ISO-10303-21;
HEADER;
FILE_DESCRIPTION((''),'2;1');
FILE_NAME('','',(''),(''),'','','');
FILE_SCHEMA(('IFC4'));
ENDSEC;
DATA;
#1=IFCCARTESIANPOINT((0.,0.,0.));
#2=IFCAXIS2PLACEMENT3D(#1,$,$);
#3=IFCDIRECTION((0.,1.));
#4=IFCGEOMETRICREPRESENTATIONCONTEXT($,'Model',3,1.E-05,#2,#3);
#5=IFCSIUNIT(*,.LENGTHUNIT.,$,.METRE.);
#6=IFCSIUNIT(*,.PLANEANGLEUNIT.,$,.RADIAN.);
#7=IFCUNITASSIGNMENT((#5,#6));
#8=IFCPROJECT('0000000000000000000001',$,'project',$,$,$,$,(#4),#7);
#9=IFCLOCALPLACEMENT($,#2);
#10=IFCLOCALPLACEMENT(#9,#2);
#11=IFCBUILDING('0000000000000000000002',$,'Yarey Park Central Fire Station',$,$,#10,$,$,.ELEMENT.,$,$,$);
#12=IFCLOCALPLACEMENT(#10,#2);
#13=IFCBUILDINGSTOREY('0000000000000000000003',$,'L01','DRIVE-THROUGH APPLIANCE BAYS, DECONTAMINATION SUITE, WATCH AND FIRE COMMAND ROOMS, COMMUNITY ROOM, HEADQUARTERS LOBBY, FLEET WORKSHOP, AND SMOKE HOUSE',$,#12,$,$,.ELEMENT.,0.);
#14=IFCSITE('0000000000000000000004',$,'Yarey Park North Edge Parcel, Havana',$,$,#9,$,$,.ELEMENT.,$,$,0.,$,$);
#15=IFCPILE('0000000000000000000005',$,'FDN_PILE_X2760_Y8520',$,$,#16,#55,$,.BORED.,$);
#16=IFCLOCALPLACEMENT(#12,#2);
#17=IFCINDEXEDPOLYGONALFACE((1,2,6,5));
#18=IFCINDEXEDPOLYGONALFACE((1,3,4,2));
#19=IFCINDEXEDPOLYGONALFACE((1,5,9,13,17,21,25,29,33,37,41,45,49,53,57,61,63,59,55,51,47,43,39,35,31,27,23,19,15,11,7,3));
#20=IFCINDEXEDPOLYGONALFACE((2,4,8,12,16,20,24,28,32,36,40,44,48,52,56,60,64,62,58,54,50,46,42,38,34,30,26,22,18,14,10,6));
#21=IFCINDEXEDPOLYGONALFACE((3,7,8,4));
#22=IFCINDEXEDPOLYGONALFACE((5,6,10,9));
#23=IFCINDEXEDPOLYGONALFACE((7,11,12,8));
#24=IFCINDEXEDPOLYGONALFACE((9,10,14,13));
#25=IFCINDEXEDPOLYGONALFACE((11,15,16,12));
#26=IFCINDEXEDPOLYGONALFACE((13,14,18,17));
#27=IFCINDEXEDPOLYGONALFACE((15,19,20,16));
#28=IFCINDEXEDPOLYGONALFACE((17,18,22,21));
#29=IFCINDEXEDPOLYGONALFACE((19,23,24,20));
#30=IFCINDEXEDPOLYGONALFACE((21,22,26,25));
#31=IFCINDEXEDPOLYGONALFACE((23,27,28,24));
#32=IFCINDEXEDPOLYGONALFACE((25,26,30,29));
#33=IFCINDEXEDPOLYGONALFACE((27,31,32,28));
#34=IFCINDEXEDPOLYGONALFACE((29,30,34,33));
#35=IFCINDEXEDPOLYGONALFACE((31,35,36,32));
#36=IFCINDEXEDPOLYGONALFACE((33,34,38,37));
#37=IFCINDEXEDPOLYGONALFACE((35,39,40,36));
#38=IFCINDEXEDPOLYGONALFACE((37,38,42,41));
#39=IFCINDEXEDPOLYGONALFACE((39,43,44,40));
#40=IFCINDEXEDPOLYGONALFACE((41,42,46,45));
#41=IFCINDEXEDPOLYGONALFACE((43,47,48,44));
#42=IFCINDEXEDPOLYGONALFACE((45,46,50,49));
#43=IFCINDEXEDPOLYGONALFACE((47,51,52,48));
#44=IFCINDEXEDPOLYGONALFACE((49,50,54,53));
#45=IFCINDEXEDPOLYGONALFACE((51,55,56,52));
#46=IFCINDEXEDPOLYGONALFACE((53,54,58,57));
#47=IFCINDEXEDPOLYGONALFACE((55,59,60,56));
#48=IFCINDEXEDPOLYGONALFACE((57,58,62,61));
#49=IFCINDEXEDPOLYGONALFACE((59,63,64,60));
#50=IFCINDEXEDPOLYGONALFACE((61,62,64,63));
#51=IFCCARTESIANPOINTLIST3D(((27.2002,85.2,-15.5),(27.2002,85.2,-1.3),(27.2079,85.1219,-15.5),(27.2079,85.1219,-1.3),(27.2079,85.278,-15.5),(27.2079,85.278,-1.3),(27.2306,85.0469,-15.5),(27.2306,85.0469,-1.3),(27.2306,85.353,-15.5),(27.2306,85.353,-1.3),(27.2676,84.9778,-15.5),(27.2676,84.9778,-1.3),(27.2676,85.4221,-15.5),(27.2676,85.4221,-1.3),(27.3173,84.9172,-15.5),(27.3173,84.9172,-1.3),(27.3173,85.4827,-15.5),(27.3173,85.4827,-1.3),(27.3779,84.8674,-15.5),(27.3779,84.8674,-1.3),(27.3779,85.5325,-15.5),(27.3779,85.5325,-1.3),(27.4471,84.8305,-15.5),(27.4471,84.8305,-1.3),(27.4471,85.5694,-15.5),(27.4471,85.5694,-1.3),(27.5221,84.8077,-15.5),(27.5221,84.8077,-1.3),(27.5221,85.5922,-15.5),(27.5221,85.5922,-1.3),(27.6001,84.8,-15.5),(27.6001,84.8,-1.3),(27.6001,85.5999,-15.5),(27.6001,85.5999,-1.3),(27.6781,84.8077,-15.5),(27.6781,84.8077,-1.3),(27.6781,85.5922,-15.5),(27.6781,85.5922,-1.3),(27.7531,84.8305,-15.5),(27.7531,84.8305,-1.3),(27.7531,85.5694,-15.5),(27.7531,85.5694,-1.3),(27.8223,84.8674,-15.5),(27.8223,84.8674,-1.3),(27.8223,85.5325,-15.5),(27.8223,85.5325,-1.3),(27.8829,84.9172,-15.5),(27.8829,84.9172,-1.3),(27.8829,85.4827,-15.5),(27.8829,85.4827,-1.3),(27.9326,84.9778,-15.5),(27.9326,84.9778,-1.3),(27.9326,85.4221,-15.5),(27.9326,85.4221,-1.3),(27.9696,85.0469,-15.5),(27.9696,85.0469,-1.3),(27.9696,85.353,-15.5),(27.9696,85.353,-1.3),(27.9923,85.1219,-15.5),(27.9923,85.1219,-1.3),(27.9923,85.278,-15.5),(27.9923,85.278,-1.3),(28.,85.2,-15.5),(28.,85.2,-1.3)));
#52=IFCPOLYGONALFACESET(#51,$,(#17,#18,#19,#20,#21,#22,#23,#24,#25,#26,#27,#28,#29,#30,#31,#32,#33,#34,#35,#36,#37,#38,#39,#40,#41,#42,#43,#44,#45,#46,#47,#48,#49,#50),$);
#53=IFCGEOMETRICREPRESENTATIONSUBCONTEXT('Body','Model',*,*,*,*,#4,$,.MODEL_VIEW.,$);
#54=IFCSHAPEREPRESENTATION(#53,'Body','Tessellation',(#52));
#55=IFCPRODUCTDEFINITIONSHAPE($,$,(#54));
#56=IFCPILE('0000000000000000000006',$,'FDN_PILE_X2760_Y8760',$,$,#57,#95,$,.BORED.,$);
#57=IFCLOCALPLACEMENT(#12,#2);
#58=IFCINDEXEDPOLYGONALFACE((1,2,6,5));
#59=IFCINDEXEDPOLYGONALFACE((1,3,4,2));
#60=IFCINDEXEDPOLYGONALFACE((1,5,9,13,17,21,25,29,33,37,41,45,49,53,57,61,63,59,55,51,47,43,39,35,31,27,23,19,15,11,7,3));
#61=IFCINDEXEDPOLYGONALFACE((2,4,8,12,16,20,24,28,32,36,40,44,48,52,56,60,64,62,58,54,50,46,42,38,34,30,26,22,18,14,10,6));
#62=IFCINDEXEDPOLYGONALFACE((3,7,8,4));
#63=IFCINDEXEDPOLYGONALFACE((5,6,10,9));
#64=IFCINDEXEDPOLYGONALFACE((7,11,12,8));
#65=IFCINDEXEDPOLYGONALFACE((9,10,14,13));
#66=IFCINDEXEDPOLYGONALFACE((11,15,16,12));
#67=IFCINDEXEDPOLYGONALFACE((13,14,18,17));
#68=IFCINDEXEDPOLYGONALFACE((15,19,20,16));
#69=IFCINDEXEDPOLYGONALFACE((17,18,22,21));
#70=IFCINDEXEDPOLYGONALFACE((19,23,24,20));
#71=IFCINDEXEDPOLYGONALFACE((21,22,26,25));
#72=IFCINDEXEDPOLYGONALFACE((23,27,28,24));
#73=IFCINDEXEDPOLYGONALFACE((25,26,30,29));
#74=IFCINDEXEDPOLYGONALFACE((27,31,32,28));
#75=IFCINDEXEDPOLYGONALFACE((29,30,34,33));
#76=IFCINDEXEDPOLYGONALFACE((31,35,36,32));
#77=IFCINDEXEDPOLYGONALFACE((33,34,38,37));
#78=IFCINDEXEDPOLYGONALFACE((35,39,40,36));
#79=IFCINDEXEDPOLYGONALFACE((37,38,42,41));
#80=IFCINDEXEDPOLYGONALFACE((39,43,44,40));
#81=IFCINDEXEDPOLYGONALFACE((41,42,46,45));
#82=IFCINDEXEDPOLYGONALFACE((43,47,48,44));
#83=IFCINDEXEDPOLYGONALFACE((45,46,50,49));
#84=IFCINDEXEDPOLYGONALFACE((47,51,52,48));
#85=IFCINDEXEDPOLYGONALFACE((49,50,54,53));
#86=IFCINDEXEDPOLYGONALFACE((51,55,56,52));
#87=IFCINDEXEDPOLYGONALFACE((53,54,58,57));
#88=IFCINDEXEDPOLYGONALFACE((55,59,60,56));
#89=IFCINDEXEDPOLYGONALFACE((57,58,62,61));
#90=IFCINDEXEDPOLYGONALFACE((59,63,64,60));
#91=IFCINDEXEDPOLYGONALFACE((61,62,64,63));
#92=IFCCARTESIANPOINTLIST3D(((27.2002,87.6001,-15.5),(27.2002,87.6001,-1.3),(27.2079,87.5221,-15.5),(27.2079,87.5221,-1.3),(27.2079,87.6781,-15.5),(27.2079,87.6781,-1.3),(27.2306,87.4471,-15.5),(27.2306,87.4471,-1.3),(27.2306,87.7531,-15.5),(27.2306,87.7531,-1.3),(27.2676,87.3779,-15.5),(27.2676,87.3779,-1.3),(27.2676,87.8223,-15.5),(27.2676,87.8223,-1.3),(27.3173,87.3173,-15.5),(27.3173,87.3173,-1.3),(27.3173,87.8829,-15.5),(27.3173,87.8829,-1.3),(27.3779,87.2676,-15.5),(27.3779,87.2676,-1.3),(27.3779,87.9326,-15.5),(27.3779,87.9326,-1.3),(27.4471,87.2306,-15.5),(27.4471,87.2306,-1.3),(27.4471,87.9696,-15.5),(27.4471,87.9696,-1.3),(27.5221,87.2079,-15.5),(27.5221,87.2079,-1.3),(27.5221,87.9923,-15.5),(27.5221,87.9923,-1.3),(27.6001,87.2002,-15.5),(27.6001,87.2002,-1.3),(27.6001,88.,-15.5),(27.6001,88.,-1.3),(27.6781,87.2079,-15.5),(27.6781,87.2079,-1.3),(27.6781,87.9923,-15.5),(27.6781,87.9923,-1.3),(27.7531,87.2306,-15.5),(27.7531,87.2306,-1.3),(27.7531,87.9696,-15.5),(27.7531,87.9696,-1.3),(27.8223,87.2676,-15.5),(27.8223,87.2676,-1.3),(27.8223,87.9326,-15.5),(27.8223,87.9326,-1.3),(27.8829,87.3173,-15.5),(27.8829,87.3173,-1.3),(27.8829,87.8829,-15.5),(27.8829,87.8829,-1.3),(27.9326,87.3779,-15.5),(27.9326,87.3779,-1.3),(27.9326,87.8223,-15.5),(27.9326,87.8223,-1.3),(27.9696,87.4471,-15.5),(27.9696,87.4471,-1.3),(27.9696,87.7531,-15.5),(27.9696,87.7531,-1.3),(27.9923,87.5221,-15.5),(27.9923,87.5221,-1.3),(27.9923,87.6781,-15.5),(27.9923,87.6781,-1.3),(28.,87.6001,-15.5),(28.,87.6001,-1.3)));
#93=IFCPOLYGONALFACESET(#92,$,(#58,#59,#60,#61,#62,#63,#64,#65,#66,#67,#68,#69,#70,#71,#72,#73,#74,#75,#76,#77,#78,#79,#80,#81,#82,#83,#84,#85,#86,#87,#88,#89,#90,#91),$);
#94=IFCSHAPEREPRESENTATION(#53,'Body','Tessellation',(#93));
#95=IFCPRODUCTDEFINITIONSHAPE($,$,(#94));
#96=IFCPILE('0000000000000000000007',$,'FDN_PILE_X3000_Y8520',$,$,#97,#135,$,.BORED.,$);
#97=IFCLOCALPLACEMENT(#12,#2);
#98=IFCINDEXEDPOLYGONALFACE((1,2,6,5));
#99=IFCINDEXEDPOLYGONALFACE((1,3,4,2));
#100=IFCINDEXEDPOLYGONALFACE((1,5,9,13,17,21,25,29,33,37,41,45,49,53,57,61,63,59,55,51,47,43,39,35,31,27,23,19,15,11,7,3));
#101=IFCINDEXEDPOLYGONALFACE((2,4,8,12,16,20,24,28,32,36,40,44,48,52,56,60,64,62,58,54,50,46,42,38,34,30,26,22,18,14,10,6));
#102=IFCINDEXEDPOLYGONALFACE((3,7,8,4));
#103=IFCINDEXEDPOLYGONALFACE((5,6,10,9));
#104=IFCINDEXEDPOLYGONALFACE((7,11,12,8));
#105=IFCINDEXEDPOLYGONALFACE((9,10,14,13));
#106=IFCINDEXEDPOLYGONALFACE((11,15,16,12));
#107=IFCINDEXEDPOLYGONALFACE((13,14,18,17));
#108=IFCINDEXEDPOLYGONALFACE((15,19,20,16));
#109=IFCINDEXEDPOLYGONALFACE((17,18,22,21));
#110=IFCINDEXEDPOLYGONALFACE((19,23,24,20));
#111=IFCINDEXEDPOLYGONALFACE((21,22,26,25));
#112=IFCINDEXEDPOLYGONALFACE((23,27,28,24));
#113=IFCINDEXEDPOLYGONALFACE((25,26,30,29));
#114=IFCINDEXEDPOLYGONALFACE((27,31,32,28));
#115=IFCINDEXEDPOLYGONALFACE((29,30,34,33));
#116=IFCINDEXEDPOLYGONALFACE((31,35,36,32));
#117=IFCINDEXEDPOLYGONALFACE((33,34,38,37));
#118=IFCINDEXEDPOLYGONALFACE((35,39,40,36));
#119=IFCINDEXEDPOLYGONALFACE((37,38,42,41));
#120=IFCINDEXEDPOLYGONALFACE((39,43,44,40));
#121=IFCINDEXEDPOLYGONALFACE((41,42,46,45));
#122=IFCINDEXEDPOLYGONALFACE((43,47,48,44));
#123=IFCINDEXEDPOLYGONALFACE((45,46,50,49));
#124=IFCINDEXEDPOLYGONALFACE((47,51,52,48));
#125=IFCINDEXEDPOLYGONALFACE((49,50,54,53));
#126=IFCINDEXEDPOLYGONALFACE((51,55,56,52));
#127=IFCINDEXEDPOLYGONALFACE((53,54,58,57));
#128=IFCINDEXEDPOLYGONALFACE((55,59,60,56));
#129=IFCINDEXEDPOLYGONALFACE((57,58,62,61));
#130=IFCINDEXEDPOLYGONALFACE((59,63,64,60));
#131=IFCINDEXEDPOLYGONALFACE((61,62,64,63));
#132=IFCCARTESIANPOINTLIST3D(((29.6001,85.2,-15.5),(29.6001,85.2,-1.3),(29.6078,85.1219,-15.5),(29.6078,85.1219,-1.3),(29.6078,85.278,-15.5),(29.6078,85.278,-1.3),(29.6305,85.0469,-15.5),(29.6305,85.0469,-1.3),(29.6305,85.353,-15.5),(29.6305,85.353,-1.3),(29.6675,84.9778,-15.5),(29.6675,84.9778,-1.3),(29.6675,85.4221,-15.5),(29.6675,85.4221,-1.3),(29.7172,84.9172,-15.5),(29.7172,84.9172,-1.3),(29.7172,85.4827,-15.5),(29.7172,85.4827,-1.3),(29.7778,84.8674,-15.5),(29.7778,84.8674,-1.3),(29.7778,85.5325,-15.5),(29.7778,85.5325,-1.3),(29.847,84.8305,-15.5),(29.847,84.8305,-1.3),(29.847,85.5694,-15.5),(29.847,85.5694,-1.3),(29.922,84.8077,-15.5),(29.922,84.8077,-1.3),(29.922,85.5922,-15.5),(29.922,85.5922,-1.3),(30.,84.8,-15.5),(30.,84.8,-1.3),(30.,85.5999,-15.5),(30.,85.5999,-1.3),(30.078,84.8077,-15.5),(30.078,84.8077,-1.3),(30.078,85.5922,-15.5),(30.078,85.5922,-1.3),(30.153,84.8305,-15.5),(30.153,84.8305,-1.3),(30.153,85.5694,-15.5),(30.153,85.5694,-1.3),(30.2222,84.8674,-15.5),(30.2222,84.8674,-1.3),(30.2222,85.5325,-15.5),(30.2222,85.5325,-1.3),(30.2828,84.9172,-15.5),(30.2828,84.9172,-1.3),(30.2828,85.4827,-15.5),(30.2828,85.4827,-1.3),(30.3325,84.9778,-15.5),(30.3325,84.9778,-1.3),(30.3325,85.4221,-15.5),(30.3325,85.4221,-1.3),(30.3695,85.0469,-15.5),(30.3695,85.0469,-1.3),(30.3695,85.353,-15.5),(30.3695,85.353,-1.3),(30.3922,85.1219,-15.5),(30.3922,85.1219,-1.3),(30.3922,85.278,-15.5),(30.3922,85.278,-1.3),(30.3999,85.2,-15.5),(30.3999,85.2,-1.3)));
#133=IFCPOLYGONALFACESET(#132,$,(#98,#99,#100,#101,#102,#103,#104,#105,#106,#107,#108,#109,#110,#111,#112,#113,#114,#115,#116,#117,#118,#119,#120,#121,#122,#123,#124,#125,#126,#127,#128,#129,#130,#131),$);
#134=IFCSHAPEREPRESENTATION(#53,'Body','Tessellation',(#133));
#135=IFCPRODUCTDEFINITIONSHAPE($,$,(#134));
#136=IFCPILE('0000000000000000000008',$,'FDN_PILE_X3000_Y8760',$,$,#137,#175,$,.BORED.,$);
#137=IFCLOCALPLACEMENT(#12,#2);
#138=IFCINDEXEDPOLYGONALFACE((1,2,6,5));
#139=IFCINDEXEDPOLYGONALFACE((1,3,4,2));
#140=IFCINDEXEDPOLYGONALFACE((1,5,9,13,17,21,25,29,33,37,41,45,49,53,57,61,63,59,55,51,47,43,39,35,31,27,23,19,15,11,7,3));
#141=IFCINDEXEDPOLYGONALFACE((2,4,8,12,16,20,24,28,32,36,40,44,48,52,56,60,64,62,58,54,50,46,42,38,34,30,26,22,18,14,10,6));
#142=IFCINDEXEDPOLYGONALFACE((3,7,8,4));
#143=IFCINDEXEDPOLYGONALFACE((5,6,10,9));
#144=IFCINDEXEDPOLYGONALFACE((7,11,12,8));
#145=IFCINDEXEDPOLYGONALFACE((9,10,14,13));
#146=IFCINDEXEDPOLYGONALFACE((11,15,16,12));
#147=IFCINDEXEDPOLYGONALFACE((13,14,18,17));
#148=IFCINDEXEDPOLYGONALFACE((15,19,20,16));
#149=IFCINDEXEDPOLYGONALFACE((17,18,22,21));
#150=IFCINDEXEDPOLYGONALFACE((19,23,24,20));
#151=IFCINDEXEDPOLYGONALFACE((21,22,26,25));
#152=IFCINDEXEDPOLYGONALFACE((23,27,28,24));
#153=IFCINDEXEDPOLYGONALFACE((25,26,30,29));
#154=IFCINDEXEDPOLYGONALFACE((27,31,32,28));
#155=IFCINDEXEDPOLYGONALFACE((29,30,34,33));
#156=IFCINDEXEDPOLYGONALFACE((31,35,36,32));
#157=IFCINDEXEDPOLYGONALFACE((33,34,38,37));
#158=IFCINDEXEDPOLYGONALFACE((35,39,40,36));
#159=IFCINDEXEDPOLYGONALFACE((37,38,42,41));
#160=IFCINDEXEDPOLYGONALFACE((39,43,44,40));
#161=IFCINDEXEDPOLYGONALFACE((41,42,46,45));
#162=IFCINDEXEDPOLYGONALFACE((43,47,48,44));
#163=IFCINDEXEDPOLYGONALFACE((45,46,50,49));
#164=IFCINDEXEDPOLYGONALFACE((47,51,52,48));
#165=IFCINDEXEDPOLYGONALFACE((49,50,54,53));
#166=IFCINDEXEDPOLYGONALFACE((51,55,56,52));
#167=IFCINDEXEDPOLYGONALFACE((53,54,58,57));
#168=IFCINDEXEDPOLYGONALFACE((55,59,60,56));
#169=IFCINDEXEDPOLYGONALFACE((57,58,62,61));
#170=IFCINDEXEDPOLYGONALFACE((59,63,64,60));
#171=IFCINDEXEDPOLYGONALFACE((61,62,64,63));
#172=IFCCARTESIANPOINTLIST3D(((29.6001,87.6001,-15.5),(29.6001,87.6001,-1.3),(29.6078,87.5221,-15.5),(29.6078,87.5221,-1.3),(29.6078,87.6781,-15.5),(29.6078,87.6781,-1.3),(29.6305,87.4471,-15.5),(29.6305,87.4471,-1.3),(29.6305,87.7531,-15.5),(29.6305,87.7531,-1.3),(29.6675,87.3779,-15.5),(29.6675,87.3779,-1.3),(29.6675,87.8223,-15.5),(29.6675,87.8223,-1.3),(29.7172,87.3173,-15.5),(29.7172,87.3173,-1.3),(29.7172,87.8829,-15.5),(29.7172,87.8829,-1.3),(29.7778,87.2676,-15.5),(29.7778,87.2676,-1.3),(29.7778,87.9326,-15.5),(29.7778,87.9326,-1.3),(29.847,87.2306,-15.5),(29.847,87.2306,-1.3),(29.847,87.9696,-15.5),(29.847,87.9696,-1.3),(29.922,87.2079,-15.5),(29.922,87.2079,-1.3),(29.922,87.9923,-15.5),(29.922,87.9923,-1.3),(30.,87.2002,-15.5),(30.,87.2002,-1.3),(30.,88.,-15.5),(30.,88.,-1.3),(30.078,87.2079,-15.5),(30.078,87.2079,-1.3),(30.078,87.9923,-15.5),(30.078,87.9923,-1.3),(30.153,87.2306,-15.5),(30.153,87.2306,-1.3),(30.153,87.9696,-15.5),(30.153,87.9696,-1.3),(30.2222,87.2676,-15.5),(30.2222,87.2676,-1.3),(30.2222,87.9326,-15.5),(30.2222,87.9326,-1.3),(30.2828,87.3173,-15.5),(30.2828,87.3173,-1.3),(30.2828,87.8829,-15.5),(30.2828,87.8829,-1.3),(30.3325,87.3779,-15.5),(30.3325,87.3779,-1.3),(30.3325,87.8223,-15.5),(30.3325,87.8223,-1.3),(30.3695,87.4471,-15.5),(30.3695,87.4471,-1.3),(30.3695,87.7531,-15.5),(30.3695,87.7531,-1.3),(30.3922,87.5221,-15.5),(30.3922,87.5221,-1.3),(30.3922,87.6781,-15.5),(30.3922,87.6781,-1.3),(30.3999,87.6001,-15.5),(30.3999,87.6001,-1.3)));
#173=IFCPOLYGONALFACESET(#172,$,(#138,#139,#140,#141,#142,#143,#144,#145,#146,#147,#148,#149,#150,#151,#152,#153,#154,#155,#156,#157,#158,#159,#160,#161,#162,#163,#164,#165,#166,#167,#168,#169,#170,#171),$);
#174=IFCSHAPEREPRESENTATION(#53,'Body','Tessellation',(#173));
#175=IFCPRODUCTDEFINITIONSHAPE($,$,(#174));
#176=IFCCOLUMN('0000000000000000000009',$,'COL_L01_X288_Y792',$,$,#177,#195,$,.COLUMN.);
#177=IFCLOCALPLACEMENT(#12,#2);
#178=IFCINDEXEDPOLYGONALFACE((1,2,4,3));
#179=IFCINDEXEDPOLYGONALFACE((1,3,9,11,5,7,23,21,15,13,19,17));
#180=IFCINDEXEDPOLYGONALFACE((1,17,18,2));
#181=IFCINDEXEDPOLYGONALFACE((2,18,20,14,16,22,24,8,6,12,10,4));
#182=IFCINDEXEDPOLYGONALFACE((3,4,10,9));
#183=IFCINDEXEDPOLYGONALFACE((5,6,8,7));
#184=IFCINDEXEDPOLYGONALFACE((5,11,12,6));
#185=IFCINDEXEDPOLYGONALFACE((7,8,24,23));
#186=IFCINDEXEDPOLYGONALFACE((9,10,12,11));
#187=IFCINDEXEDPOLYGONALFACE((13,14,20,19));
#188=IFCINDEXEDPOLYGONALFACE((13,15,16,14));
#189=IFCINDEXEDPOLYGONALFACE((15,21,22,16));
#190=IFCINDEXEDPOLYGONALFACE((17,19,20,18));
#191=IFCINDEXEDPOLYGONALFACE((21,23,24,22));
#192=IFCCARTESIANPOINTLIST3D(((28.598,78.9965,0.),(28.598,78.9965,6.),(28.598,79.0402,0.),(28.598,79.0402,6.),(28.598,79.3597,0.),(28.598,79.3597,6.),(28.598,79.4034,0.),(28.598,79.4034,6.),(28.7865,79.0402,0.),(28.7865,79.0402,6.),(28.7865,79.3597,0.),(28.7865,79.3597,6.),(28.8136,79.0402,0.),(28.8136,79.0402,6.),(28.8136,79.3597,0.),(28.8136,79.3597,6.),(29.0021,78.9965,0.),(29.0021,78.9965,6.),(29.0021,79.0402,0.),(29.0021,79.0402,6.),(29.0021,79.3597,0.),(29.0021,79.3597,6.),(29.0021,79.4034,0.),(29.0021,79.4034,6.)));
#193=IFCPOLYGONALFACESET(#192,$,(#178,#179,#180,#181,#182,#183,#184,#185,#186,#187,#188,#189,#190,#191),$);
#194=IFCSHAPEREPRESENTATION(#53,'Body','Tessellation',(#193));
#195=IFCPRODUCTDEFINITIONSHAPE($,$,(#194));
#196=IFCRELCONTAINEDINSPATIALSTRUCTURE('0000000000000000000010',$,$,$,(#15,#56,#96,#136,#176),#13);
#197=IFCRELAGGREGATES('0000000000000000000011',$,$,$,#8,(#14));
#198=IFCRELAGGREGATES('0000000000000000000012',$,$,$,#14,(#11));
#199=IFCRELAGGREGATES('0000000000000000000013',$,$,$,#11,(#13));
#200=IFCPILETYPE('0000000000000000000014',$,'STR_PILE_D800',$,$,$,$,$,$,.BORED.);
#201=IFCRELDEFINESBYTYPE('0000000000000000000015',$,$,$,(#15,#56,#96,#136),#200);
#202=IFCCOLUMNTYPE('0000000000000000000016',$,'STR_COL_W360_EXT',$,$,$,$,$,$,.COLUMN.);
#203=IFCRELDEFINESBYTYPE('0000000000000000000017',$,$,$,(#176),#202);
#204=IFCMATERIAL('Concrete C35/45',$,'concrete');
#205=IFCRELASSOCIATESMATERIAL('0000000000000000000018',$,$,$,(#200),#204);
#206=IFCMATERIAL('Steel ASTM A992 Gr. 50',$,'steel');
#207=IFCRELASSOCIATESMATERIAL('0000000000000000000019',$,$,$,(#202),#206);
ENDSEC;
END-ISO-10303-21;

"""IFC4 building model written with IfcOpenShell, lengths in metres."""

from ifc_helpers import new_model, si_unit, direction, frame, origin, origin_2d, place, context, subcontext, project, spatial, circle, i_section, extrude, material, material_profile, profile_set, type_object, element, save


model = new_model("IFC4")

# Units and contexts
model_context = context("Model", 3, precision=1e-05, world=origin(), true_north=direction((0.0, 1.0)))
body_context = subcontext(model_context, "Body", "Model", "MODEL_VIEW")
ifc_project = project(units=[si_unit("LENGTHUNIT", "METRE"), si_unit("PLANEANGLEUNIT", "RADIAN")], contexts=[model_context])

# Site, building, storey
site_placement = place(None, origin())
site = spatial("IfcSite", under=ifc_project, at=site_placement, Name="Yarey Park North Edge Parcel, Havana", CompositionType="ELEMENT", RefElevation=0.0)
building_placement = place(site_placement, origin())
building = spatial("IfcBuilding", under=site, at=building_placement, Name="Yarey Park Central Fire Station", CompositionType="ELEMENT")
storey_placement = place(building_placement, origin())
storey = spatial("IfcBuildingStorey", under=building, at=storey_placement, Name="L01", Description="DRIVE-THROUGH APPLIANCE BAYS, DECONTAMINATION SUITE, WATCH AND FIRE COMMAND ROOMS, COMMUNITY ROOM, HEADQUARTERS LOBBY, FLEET WORKSHOP, AND SMOKE HOUSE", CompositionType="ELEMENT", Elevation=0.0)

# Shared definitions
ifc_material_1 = material(Name="Concrete C35/45", Category="concrete")

# Piles
ifc_material_profile_1 = material_profile(ifc_material_1, circle(Radius=0.3999, at=origin_2d()), Name="BORED PILE D800")
ifc_profile_set_1 = profile_set([ifc_material_profile_1], Name="Concrete C35/45")
pile_type = type_object("IfcPileType", Name="STR_PILE_D800", PredefinedType="BORED", material=ifc_profile_set_1)
for number, where, z_axis, x_axis, name in (
    (1, (27.6001, 85.2, -1.3), (0.0, 0.0, -1.0), (1.0, 0.0, 0.0), "FDN_PILE_X2760_Y8520"),
    (2, (27.6001, 87.6001, -1.3), (0.0, 0.0, -1.0), (1.0, 0.0, 0.0), "FDN_PILE_X2760_Y8760"),
    (3, (30.0, 85.2, -1.3), (0.0, 0.0, -1.0), (1.0, 0.0, 0.0), "FDN_PILE_X3000_Y8520"),
    (4, (30.0, 87.6001, -1.3), (0.0, 0.0, -1.0), (1.0, 0.0, 0.0), "FDN_PILE_X3000_Y8760"),
):
    element("IfcPile", number, at=place(storey_placement, frame(where, z_axis=z_axis, x_axis=x_axis)), inside=storey, type_object=pile_type, Name=name, PredefinedType="BORED", context=body_context, shape_type="SweptSolid", body=[
        extrude(circle(Radius=0.3999, at=origin_2d()), origin(), (0.0, 0.0, 1.0), 14.2),
    ])

# Column
ifc_material_2 = material(Name="Steel ASTM A992 Gr. 50", Category="steel")
ifc_material_profile_2 = material_profile(ifc_material_2, i_section(OverallWidth=0.4041, OverallDepth=0.407, WebThickness=0.0271, FlangeThickness=0.0437, at=origin_2d()), Name="W360x347")
ifc_profile_set_2 = profile_set([ifc_material_profile_2], Name="Steel ASTM A992 Gr. 50")
column_type = type_object("IfcColumnType", Name="STR_COL_W360_EXT", PredefinedType="COLUMN", material=ifc_profile_set_2)
for number, where, z_axis, x_axis, name in (
    (5, (28.8, 79.2, 0.0), (0.0, 0.0, 1.0), (1.0, 0.0, 0.0), "COL_L01_X288_Y792"),
):
    element("IfcColumn", number, at=place(storey_placement, frame(where, z_axis=z_axis, x_axis=x_axis)), inside=storey, type_object=column_type, Name=name, PredefinedType="COLUMN", context=body_context, shape_type="SweptSolid", body=[
        extrude(i_section(OverallWidth=0.4041, OverallDepth=0.407, WebThickness=0.0271, FlangeThickness=0.0437, at=origin_2d()), origin(), (0.0, 0.0, 1.0), 6.0),
    ])

save(model, "model.ifc")
